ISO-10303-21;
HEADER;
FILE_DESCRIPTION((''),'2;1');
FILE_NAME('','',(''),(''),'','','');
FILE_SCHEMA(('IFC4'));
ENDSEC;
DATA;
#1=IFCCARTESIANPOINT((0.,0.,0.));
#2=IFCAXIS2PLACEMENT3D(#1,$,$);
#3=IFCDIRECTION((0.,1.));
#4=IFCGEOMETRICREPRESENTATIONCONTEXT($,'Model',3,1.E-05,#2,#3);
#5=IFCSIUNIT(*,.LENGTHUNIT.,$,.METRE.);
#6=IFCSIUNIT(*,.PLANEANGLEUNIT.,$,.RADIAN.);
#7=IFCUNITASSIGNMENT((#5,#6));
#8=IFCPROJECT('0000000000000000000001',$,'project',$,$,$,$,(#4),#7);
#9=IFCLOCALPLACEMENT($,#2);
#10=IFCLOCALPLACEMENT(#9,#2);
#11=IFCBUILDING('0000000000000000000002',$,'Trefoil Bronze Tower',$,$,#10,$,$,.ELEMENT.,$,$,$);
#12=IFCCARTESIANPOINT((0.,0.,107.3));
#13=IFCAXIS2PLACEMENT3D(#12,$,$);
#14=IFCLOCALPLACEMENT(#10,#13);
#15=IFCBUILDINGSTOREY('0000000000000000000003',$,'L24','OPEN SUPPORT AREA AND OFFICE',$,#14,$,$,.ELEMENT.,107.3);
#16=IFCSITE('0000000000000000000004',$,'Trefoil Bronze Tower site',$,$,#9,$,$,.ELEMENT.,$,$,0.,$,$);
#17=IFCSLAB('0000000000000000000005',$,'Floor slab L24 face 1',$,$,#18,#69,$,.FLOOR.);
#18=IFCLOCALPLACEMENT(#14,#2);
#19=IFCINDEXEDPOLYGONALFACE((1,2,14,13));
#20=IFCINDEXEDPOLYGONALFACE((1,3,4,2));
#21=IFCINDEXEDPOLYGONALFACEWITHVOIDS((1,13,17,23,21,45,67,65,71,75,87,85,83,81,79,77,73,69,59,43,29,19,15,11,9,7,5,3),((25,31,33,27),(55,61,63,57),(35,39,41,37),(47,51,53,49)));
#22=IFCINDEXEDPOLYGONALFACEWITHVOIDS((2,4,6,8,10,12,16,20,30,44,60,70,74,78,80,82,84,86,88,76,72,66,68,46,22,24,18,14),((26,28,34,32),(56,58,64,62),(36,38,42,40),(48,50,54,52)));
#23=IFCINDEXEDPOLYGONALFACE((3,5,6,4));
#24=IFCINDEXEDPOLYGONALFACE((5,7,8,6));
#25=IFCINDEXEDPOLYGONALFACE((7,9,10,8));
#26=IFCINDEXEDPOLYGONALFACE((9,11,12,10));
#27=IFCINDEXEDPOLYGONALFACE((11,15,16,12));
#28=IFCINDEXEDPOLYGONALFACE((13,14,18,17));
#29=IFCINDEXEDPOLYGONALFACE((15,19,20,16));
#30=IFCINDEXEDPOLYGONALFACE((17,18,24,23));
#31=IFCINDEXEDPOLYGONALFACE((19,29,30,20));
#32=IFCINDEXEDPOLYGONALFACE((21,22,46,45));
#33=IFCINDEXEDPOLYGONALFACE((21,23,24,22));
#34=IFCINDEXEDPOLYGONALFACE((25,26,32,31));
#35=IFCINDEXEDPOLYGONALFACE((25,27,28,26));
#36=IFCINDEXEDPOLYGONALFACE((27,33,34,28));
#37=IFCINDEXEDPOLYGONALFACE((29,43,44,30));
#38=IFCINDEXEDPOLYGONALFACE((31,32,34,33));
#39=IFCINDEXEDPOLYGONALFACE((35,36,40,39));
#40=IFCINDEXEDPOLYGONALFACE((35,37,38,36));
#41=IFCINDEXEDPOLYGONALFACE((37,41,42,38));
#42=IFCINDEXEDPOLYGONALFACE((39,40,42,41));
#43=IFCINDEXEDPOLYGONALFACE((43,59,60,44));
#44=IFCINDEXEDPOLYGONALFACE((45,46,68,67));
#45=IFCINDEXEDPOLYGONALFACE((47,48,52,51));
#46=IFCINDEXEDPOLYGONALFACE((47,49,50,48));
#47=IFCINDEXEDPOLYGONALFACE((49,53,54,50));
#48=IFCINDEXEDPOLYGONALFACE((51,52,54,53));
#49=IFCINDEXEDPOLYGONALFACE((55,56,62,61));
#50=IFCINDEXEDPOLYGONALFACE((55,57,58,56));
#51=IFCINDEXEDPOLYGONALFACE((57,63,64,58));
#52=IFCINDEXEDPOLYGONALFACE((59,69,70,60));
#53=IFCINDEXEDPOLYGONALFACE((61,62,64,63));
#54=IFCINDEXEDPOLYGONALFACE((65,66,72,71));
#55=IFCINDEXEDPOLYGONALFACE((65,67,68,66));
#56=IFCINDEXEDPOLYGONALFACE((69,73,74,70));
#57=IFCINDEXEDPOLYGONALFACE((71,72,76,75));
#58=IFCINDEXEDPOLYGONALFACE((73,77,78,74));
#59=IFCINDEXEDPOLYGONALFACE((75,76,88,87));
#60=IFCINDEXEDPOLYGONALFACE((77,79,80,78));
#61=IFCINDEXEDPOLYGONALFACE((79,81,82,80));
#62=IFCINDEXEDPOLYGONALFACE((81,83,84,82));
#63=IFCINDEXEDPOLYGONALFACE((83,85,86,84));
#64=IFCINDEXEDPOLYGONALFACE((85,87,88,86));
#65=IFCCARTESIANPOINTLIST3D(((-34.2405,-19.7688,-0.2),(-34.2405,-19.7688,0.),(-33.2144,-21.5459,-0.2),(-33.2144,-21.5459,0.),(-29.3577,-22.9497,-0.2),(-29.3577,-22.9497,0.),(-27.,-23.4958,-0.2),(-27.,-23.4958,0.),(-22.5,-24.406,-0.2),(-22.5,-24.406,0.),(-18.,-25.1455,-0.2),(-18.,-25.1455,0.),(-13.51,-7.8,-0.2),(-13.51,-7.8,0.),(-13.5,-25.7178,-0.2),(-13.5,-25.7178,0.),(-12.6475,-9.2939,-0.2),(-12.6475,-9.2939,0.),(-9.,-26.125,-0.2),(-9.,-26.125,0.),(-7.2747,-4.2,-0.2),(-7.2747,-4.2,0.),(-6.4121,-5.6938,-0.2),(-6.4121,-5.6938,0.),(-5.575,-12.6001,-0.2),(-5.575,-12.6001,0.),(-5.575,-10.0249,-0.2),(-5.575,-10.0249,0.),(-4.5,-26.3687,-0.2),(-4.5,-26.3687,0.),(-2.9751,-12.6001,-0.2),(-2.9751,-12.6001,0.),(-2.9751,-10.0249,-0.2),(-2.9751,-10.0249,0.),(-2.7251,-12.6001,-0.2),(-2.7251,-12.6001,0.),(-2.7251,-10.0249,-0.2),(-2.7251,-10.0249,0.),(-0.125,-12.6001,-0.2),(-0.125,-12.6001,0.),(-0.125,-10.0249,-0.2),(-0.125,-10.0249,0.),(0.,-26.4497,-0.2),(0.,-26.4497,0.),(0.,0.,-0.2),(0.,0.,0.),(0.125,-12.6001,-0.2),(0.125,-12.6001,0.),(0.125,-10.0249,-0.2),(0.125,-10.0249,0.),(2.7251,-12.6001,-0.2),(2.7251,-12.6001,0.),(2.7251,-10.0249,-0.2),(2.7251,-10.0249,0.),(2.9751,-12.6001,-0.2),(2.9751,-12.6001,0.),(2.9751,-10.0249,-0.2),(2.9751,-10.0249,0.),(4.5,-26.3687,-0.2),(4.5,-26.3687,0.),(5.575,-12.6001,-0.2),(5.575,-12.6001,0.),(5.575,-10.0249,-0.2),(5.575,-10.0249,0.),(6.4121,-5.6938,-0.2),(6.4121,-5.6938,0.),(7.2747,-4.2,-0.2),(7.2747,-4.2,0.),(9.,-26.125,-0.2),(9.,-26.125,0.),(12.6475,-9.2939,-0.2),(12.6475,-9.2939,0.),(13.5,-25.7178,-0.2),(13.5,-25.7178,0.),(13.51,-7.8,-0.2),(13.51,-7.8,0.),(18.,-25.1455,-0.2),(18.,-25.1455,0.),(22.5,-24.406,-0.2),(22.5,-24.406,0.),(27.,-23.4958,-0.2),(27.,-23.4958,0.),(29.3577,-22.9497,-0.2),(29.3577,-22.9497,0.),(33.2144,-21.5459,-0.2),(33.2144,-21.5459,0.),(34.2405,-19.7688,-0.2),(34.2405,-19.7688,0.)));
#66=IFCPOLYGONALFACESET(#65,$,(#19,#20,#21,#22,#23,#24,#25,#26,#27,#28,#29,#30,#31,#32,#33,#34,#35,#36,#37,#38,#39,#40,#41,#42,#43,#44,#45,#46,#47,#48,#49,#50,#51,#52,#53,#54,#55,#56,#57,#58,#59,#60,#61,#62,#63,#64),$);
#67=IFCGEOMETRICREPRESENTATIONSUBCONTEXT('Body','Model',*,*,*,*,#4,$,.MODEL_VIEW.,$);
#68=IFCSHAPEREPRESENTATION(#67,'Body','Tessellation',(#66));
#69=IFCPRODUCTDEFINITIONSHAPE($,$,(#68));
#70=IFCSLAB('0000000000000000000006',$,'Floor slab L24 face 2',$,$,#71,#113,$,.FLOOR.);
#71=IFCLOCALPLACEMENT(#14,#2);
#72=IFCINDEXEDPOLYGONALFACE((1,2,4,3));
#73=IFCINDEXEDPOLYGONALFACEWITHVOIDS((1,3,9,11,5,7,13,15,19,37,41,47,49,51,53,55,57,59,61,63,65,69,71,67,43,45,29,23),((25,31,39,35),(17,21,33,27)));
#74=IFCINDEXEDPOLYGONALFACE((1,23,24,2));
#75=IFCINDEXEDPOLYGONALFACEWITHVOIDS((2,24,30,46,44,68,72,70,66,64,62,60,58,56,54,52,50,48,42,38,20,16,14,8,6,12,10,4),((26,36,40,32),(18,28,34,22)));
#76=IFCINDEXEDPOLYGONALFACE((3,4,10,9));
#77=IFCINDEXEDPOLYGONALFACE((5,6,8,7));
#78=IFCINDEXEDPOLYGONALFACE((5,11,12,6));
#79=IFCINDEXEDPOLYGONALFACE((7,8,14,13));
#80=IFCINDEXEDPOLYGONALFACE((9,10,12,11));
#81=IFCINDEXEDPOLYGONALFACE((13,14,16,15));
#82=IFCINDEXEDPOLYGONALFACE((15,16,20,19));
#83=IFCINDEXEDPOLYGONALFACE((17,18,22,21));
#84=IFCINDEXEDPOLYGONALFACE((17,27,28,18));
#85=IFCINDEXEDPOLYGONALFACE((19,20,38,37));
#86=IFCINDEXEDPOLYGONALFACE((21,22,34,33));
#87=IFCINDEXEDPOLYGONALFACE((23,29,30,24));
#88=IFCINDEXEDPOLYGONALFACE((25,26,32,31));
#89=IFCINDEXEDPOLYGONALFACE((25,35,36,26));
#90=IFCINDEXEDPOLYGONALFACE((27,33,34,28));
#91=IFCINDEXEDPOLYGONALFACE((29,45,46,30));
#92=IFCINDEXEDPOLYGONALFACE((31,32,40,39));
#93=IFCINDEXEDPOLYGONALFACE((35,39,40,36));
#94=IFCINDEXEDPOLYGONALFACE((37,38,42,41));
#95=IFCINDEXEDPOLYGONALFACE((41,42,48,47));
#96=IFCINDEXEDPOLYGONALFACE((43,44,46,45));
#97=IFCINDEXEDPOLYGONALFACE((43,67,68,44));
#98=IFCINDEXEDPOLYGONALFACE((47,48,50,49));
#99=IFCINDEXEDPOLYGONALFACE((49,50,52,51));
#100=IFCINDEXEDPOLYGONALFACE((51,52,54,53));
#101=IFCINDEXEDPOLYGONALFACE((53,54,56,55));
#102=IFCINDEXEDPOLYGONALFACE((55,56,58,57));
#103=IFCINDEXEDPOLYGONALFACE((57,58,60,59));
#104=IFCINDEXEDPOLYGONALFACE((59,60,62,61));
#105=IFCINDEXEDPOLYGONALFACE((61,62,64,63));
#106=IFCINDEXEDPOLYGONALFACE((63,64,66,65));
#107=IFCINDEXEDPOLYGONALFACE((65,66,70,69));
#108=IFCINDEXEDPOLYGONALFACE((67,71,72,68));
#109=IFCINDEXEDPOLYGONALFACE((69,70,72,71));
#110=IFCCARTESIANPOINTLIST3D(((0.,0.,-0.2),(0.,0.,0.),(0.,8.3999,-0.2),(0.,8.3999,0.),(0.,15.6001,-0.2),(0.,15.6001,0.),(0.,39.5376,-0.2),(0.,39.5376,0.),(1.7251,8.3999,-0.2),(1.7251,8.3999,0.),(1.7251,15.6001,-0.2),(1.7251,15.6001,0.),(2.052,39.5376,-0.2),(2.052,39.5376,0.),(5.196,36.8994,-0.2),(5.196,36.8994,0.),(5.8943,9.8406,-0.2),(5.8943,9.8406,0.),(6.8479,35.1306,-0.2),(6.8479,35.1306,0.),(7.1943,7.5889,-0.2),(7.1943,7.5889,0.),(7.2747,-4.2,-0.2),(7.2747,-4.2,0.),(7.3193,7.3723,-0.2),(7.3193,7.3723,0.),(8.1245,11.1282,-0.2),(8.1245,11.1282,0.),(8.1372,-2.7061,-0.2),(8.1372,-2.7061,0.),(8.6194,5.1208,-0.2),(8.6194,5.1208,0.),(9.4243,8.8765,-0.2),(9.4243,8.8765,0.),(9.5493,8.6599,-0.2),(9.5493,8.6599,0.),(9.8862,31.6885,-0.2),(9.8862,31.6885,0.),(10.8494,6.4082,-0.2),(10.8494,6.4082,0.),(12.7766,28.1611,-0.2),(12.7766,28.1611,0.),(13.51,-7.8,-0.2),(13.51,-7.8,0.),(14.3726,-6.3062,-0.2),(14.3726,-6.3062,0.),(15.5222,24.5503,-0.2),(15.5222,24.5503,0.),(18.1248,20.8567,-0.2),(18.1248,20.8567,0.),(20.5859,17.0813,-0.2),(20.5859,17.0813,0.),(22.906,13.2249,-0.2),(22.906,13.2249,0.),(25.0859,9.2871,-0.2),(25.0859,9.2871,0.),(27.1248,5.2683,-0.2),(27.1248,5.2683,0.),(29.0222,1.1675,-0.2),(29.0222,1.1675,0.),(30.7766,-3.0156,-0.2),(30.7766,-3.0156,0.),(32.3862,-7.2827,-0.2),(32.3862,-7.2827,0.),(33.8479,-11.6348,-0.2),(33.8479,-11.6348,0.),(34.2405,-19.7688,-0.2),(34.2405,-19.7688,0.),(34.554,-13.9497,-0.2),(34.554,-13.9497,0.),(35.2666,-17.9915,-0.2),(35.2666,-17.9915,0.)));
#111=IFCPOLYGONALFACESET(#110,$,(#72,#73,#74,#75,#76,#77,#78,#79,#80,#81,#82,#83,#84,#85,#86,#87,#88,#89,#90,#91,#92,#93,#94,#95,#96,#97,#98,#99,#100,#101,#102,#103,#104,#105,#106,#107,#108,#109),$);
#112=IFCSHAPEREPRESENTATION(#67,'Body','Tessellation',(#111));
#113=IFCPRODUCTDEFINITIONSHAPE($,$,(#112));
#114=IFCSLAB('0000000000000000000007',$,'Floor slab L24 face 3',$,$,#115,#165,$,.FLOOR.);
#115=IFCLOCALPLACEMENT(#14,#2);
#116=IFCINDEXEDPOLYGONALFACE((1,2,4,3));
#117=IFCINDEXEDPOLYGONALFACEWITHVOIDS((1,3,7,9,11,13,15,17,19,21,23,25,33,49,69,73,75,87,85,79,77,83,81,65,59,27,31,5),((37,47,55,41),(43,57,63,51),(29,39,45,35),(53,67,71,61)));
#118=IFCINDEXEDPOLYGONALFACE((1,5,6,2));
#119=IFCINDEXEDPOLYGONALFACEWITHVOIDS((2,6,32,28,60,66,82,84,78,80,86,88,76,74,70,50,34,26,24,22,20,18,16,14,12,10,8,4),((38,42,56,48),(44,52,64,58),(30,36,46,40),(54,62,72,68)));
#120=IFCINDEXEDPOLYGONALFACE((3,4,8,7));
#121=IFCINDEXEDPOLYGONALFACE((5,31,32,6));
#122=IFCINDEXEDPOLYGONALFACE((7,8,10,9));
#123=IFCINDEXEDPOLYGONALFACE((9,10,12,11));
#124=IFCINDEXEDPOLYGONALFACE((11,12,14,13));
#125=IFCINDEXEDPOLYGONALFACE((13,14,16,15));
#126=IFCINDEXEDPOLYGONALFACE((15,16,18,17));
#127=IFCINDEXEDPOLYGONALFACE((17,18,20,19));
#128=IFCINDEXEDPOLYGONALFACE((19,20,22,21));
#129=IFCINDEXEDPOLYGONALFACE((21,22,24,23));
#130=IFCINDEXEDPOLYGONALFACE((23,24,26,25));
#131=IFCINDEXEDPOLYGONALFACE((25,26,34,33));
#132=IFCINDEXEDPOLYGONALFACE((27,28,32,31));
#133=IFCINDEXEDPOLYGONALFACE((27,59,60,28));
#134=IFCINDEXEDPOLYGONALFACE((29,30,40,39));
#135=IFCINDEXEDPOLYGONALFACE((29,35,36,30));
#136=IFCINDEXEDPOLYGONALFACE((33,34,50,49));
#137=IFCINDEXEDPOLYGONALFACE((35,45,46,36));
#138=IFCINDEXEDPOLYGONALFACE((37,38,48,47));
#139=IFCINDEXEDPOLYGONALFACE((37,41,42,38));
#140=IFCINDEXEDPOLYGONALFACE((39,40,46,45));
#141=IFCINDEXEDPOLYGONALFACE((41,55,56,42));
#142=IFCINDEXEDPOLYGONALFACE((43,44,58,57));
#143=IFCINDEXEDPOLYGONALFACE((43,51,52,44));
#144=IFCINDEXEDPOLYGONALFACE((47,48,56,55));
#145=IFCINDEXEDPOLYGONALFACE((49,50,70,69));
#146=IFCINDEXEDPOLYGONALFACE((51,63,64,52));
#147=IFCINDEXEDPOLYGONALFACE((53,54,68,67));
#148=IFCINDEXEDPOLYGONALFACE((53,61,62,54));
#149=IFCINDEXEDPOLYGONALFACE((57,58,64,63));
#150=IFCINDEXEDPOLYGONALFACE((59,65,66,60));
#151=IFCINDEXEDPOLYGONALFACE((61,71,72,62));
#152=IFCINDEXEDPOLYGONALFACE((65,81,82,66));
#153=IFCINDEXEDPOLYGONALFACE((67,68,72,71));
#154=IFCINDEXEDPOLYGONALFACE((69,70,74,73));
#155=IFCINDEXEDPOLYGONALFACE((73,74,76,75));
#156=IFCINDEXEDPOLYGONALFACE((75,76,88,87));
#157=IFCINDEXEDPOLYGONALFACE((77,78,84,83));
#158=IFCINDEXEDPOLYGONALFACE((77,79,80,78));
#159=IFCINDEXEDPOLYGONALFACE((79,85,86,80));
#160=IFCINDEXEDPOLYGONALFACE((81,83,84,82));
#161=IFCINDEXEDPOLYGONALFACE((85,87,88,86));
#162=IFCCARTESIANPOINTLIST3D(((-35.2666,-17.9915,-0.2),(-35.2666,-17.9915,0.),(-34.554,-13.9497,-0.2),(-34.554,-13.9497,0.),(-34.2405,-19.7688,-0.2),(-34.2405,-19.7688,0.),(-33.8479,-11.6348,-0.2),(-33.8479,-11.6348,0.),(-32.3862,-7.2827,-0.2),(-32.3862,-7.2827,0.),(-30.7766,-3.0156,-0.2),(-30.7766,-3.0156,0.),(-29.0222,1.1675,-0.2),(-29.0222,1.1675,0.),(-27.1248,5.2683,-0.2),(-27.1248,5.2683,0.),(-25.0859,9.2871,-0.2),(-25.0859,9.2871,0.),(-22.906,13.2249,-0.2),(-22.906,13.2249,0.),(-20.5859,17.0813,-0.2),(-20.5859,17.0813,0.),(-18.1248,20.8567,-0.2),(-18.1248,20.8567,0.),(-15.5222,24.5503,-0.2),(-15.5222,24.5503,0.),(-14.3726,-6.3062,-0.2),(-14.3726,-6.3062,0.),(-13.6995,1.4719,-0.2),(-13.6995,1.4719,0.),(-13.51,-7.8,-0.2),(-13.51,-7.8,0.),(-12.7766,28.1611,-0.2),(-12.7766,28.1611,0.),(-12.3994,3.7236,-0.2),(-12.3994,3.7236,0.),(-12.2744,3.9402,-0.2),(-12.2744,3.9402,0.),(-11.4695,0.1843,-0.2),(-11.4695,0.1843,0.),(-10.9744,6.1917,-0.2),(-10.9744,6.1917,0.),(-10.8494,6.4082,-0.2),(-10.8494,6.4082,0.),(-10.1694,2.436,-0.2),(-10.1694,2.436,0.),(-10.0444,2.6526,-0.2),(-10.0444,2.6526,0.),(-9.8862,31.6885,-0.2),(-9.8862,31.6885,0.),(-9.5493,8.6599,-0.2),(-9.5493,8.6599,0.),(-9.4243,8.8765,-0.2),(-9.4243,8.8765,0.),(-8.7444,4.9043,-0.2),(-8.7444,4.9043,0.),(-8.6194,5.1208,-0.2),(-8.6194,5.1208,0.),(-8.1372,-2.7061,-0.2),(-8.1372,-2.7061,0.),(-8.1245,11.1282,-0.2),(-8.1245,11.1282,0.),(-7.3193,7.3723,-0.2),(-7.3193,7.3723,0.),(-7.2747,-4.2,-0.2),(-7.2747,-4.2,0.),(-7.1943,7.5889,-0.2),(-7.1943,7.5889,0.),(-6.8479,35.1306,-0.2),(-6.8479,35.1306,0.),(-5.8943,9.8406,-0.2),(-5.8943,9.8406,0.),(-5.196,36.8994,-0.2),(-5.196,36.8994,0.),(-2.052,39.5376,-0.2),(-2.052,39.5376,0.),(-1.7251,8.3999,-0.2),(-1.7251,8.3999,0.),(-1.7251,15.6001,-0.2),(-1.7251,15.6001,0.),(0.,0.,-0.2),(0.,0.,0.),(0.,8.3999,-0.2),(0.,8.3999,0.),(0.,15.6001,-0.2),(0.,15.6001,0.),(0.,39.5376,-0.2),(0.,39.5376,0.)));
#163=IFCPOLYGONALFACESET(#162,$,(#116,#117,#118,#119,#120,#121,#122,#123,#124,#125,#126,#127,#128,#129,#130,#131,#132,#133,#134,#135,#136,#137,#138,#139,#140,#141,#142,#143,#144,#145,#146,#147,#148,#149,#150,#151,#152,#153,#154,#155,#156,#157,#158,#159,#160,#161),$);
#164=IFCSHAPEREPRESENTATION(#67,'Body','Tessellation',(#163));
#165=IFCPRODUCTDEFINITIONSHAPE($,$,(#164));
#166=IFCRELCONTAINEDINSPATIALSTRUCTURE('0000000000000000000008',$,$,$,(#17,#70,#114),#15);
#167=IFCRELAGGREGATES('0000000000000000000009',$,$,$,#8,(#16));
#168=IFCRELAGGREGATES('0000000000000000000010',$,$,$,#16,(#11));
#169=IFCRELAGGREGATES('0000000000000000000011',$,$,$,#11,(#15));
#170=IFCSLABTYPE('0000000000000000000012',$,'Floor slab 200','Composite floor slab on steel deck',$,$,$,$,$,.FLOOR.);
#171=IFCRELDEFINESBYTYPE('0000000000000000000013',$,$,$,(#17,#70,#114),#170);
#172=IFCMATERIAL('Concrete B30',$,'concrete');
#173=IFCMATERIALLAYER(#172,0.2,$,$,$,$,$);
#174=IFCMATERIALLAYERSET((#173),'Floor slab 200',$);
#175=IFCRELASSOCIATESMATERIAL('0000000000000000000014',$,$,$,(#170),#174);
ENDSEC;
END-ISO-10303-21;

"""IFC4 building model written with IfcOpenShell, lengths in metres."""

from ifc_helpers import new_model, si_unit, direction, frame, origin, place, context, subcontext, project, spatial, polyline, outline, extrude, material, layer, layer_set, type_object, element, save


model = new_model("IFC4")

# Units and contexts
model_context = context("Model", 3, precision=1e-05, world=origin(), true_north=direction((0.0, 1.0)))
body_context = subcontext(model_context, "Body", "Model", "MODEL_VIEW")
ifc_project = project(units=[si_unit("LENGTHUNIT", "METRE"), si_unit("PLANEANGLEUNIT", "RADIAN")], contexts=[model_context])

# Site, building, storey
site_placement = place(None, origin())
site = spatial("IfcSite", under=ifc_project, at=site_placement, Name="Trefoil Bronze Tower site", CompositionType="ELEMENT", RefElevation=0.0)
building_placement = place(site_placement, origin())
building = spatial("IfcBuilding", under=site, at=building_placement, Name="Trefoil Bronze Tower", CompositionType="ELEMENT")
storey_placement = place(building_placement, frame((0.0, 0.0, 107.3)))
storey = spatial("IfcBuildingStorey", under=building, at=storey_placement, Name="L24", Description="OPEN SUPPORT AREA AND OFFICE", CompositionType="ELEMENT", Elevation=107.3)

# Slabs
ifc_material_1 = material(Name="Concrete B30", Category="concrete")
ifc_layer_1 = layer(ifc_material_1, 0.2)
ifc_layer_set_1 = layer_set([ifc_layer_1], Name="Floor slab 200")
slab_type = type_object("IfcSlabType", Name="Floor slab 200", Description="Composite floor slab on steel deck", PredefinedType="FLOOR", material=ifc_layer_set_1)
slab_1_placement = place(storey_placement, frame((0.0, 0.0, -0.2)))
element("IfcSlab", 1, at=slab_1_placement, inside=storey, type_object=slab_type, Name="Floor slab L24 face 1", PredefinedType="FLOOR", context=body_context, shape_type="SweptSolid", body=[
    extrude(outline(polyline([(22.5, -24.406), (18.0, -25.1455), (13.5, -25.7178), (9.0, -26.125), (4.5, -26.3687), (0.0, -26.4497), (-4.5, -26.3687), (-9.0, -26.125), (-13.5, -25.7178), (-18.0, -25.1455), (-22.5, -24.406), (-27.0, -23.4958), (-29.3577, -22.9497), (-33.2144, -21.5459), (-34.2405, -19.7688), (-13.51, -7.8), (-12.6475, -9.2939), (-6.4121, -5.6938), (-7.2747, -4.2), (0.0, 0.0), (7.2747, -4.2), (6.4121, -5.6938), (12.6475, -9.2939), (13.51, -7.8), (34.2405, -19.7688), (33.2144, -21.5459), (29.3577, -22.9497), (27.0, -23.4958), (22.5, -24.406)]), holes=[polyline([(-5.575, -10.0249), (-2.9751, -10.0249), (-2.9751, -12.6001), (-5.575, -12.6001), (-5.575, -10.0249)]), polyline([(-2.7251, -10.0249), (-0.125, -10.0249), (-0.125, -12.6001), (-2.7251, -12.6001), (-2.7251, -10.0249)]), polyline([(0.125, -10.0249), (2.7251, -10.0249), (2.7251, -12.6001), (0.125, -12.6001), (0.125, -10.0249)]), polyline([(2.9751, -10.0249), (5.575, -10.0249), (5.575, -12.6001), (2.9751, -12.6001), (2.9751, -10.0249)])]), origin(), (0.0, 0.0, 1.0), 0.2),
])
slab_2_placement = place(storey_placement, frame((0.0, 0.0, -0.2)))
element("IfcSlab", 2, at=slab_2_placement, inside=storey, type_object=slab_type, Name="Floor slab L24 face 2", PredefinedType="FLOOR", context=body_context, shape_type="SweptSolid", body=[
    extrude(outline(polyline([(9.8862, 31.6885), (12.7766, 28.1611), (15.5222, 24.5503), (18.1248, 20.8567), (20.5859, 17.0813), (22.906, 13.2249), (25.0859, 9.2871), (27.1248, 5.2683), (29.0222, 1.1675), (30.7766, -3.0156), (32.3862, -7.2827), (33.8479, -11.6348), (34.554, -13.9497), (35.2666, -17.9915), (34.2405, -19.7688), (13.51, -7.8), (14.3726, -6.3062), (8.1372, -2.7061), (7.2747, -4.2), (0.0, 0.0), (0.0, 8.3999), (1.7251, 8.3999), (1.7251, 15.6001), (0.0, 15.6001), (0.0, 39.5376), (2.052, 39.5376), (5.196, 36.8994), (6.8479, 35.1306), (9.8862, 31.6885)]), holes=[polyline([(8.6194, 5.1208), (7.3193, 7.3723), (9.5493, 8.6599), (10.8494, 6.4082), (8.6194, 5.1208)]), polyline([(7.1943, 7.5889), (5.8943, 9.8406), (8.1245, 11.1282), (9.4243, 8.8765), (7.1943, 7.5889)])]), origin(), (0.0, 0.0, 1.0), 0.2),
])
slab_3_placement = place(storey_placement, frame((0.0, 0.0, -0.2)))
element("IfcSlab", 3, at=slab_3_placement, inside=storey, type_object=slab_type, Name="Floor slab L24 face 3", PredefinedType="FLOOR", context=body_context, shape_type="SweptSolid", body=[
    extrude(outline(polyline([(-32.3862, -7.2827), (-30.7766, -3.0156), (-29.0222, 1.1675), (-27.1248, 5.2683), (-25.0859, 9.2871), (-22.906, 13.2249), (-20.5859, 17.0813), (-18.1248, 20.8567), (-15.5222, 24.5503), (-12.7766, 28.1611), (-9.8862, 31.6885), (-6.8479, 35.1306), (-5.196, 36.8994), (-2.052, 39.5376), (0.0, 39.5376), (0.0, 15.6001), (-1.7251, 15.6001), (-1.7251, 8.3999), (0.0, 8.3999), (0.0, 0.0), (-7.2747, -4.2), (-8.1372, -2.7061), (-14.3726, -6.3062), (-13.51, -7.8), (-34.2405, -19.7688), (-35.2666, -17.9915), (-34.554, -13.9497), (-33.8479, -11.6348), (-32.3862, -7.2827)]), holes=[polyline([(-5.8943, 9.8406), (-7.1943, 7.5889), (-9.4243, 8.8765), (-8.1245, 11.1282), (-5.8943, 9.8406)]), polyline([(-7.3193, 7.3723), (-8.6194, 5.1208), (-10.8494, 6.4082), (-9.5493, 8.6599), (-7.3193, 7.3723)]), polyline([(-8.7444, 4.9043), (-10.0444, 2.6526), (-12.2744, 3.9402), (-10.9744, 6.1917), (-8.7444, 4.9043)]), polyline([(-10.1694, 2.436), (-11.4695, 0.1843), (-13.6995, 1.4719), (-12.3994, 3.7236), (-10.1694, 2.436)])]), origin(), (0.0, 0.0, 1.0), 0.2),
])

save(model, "model.ifc")
